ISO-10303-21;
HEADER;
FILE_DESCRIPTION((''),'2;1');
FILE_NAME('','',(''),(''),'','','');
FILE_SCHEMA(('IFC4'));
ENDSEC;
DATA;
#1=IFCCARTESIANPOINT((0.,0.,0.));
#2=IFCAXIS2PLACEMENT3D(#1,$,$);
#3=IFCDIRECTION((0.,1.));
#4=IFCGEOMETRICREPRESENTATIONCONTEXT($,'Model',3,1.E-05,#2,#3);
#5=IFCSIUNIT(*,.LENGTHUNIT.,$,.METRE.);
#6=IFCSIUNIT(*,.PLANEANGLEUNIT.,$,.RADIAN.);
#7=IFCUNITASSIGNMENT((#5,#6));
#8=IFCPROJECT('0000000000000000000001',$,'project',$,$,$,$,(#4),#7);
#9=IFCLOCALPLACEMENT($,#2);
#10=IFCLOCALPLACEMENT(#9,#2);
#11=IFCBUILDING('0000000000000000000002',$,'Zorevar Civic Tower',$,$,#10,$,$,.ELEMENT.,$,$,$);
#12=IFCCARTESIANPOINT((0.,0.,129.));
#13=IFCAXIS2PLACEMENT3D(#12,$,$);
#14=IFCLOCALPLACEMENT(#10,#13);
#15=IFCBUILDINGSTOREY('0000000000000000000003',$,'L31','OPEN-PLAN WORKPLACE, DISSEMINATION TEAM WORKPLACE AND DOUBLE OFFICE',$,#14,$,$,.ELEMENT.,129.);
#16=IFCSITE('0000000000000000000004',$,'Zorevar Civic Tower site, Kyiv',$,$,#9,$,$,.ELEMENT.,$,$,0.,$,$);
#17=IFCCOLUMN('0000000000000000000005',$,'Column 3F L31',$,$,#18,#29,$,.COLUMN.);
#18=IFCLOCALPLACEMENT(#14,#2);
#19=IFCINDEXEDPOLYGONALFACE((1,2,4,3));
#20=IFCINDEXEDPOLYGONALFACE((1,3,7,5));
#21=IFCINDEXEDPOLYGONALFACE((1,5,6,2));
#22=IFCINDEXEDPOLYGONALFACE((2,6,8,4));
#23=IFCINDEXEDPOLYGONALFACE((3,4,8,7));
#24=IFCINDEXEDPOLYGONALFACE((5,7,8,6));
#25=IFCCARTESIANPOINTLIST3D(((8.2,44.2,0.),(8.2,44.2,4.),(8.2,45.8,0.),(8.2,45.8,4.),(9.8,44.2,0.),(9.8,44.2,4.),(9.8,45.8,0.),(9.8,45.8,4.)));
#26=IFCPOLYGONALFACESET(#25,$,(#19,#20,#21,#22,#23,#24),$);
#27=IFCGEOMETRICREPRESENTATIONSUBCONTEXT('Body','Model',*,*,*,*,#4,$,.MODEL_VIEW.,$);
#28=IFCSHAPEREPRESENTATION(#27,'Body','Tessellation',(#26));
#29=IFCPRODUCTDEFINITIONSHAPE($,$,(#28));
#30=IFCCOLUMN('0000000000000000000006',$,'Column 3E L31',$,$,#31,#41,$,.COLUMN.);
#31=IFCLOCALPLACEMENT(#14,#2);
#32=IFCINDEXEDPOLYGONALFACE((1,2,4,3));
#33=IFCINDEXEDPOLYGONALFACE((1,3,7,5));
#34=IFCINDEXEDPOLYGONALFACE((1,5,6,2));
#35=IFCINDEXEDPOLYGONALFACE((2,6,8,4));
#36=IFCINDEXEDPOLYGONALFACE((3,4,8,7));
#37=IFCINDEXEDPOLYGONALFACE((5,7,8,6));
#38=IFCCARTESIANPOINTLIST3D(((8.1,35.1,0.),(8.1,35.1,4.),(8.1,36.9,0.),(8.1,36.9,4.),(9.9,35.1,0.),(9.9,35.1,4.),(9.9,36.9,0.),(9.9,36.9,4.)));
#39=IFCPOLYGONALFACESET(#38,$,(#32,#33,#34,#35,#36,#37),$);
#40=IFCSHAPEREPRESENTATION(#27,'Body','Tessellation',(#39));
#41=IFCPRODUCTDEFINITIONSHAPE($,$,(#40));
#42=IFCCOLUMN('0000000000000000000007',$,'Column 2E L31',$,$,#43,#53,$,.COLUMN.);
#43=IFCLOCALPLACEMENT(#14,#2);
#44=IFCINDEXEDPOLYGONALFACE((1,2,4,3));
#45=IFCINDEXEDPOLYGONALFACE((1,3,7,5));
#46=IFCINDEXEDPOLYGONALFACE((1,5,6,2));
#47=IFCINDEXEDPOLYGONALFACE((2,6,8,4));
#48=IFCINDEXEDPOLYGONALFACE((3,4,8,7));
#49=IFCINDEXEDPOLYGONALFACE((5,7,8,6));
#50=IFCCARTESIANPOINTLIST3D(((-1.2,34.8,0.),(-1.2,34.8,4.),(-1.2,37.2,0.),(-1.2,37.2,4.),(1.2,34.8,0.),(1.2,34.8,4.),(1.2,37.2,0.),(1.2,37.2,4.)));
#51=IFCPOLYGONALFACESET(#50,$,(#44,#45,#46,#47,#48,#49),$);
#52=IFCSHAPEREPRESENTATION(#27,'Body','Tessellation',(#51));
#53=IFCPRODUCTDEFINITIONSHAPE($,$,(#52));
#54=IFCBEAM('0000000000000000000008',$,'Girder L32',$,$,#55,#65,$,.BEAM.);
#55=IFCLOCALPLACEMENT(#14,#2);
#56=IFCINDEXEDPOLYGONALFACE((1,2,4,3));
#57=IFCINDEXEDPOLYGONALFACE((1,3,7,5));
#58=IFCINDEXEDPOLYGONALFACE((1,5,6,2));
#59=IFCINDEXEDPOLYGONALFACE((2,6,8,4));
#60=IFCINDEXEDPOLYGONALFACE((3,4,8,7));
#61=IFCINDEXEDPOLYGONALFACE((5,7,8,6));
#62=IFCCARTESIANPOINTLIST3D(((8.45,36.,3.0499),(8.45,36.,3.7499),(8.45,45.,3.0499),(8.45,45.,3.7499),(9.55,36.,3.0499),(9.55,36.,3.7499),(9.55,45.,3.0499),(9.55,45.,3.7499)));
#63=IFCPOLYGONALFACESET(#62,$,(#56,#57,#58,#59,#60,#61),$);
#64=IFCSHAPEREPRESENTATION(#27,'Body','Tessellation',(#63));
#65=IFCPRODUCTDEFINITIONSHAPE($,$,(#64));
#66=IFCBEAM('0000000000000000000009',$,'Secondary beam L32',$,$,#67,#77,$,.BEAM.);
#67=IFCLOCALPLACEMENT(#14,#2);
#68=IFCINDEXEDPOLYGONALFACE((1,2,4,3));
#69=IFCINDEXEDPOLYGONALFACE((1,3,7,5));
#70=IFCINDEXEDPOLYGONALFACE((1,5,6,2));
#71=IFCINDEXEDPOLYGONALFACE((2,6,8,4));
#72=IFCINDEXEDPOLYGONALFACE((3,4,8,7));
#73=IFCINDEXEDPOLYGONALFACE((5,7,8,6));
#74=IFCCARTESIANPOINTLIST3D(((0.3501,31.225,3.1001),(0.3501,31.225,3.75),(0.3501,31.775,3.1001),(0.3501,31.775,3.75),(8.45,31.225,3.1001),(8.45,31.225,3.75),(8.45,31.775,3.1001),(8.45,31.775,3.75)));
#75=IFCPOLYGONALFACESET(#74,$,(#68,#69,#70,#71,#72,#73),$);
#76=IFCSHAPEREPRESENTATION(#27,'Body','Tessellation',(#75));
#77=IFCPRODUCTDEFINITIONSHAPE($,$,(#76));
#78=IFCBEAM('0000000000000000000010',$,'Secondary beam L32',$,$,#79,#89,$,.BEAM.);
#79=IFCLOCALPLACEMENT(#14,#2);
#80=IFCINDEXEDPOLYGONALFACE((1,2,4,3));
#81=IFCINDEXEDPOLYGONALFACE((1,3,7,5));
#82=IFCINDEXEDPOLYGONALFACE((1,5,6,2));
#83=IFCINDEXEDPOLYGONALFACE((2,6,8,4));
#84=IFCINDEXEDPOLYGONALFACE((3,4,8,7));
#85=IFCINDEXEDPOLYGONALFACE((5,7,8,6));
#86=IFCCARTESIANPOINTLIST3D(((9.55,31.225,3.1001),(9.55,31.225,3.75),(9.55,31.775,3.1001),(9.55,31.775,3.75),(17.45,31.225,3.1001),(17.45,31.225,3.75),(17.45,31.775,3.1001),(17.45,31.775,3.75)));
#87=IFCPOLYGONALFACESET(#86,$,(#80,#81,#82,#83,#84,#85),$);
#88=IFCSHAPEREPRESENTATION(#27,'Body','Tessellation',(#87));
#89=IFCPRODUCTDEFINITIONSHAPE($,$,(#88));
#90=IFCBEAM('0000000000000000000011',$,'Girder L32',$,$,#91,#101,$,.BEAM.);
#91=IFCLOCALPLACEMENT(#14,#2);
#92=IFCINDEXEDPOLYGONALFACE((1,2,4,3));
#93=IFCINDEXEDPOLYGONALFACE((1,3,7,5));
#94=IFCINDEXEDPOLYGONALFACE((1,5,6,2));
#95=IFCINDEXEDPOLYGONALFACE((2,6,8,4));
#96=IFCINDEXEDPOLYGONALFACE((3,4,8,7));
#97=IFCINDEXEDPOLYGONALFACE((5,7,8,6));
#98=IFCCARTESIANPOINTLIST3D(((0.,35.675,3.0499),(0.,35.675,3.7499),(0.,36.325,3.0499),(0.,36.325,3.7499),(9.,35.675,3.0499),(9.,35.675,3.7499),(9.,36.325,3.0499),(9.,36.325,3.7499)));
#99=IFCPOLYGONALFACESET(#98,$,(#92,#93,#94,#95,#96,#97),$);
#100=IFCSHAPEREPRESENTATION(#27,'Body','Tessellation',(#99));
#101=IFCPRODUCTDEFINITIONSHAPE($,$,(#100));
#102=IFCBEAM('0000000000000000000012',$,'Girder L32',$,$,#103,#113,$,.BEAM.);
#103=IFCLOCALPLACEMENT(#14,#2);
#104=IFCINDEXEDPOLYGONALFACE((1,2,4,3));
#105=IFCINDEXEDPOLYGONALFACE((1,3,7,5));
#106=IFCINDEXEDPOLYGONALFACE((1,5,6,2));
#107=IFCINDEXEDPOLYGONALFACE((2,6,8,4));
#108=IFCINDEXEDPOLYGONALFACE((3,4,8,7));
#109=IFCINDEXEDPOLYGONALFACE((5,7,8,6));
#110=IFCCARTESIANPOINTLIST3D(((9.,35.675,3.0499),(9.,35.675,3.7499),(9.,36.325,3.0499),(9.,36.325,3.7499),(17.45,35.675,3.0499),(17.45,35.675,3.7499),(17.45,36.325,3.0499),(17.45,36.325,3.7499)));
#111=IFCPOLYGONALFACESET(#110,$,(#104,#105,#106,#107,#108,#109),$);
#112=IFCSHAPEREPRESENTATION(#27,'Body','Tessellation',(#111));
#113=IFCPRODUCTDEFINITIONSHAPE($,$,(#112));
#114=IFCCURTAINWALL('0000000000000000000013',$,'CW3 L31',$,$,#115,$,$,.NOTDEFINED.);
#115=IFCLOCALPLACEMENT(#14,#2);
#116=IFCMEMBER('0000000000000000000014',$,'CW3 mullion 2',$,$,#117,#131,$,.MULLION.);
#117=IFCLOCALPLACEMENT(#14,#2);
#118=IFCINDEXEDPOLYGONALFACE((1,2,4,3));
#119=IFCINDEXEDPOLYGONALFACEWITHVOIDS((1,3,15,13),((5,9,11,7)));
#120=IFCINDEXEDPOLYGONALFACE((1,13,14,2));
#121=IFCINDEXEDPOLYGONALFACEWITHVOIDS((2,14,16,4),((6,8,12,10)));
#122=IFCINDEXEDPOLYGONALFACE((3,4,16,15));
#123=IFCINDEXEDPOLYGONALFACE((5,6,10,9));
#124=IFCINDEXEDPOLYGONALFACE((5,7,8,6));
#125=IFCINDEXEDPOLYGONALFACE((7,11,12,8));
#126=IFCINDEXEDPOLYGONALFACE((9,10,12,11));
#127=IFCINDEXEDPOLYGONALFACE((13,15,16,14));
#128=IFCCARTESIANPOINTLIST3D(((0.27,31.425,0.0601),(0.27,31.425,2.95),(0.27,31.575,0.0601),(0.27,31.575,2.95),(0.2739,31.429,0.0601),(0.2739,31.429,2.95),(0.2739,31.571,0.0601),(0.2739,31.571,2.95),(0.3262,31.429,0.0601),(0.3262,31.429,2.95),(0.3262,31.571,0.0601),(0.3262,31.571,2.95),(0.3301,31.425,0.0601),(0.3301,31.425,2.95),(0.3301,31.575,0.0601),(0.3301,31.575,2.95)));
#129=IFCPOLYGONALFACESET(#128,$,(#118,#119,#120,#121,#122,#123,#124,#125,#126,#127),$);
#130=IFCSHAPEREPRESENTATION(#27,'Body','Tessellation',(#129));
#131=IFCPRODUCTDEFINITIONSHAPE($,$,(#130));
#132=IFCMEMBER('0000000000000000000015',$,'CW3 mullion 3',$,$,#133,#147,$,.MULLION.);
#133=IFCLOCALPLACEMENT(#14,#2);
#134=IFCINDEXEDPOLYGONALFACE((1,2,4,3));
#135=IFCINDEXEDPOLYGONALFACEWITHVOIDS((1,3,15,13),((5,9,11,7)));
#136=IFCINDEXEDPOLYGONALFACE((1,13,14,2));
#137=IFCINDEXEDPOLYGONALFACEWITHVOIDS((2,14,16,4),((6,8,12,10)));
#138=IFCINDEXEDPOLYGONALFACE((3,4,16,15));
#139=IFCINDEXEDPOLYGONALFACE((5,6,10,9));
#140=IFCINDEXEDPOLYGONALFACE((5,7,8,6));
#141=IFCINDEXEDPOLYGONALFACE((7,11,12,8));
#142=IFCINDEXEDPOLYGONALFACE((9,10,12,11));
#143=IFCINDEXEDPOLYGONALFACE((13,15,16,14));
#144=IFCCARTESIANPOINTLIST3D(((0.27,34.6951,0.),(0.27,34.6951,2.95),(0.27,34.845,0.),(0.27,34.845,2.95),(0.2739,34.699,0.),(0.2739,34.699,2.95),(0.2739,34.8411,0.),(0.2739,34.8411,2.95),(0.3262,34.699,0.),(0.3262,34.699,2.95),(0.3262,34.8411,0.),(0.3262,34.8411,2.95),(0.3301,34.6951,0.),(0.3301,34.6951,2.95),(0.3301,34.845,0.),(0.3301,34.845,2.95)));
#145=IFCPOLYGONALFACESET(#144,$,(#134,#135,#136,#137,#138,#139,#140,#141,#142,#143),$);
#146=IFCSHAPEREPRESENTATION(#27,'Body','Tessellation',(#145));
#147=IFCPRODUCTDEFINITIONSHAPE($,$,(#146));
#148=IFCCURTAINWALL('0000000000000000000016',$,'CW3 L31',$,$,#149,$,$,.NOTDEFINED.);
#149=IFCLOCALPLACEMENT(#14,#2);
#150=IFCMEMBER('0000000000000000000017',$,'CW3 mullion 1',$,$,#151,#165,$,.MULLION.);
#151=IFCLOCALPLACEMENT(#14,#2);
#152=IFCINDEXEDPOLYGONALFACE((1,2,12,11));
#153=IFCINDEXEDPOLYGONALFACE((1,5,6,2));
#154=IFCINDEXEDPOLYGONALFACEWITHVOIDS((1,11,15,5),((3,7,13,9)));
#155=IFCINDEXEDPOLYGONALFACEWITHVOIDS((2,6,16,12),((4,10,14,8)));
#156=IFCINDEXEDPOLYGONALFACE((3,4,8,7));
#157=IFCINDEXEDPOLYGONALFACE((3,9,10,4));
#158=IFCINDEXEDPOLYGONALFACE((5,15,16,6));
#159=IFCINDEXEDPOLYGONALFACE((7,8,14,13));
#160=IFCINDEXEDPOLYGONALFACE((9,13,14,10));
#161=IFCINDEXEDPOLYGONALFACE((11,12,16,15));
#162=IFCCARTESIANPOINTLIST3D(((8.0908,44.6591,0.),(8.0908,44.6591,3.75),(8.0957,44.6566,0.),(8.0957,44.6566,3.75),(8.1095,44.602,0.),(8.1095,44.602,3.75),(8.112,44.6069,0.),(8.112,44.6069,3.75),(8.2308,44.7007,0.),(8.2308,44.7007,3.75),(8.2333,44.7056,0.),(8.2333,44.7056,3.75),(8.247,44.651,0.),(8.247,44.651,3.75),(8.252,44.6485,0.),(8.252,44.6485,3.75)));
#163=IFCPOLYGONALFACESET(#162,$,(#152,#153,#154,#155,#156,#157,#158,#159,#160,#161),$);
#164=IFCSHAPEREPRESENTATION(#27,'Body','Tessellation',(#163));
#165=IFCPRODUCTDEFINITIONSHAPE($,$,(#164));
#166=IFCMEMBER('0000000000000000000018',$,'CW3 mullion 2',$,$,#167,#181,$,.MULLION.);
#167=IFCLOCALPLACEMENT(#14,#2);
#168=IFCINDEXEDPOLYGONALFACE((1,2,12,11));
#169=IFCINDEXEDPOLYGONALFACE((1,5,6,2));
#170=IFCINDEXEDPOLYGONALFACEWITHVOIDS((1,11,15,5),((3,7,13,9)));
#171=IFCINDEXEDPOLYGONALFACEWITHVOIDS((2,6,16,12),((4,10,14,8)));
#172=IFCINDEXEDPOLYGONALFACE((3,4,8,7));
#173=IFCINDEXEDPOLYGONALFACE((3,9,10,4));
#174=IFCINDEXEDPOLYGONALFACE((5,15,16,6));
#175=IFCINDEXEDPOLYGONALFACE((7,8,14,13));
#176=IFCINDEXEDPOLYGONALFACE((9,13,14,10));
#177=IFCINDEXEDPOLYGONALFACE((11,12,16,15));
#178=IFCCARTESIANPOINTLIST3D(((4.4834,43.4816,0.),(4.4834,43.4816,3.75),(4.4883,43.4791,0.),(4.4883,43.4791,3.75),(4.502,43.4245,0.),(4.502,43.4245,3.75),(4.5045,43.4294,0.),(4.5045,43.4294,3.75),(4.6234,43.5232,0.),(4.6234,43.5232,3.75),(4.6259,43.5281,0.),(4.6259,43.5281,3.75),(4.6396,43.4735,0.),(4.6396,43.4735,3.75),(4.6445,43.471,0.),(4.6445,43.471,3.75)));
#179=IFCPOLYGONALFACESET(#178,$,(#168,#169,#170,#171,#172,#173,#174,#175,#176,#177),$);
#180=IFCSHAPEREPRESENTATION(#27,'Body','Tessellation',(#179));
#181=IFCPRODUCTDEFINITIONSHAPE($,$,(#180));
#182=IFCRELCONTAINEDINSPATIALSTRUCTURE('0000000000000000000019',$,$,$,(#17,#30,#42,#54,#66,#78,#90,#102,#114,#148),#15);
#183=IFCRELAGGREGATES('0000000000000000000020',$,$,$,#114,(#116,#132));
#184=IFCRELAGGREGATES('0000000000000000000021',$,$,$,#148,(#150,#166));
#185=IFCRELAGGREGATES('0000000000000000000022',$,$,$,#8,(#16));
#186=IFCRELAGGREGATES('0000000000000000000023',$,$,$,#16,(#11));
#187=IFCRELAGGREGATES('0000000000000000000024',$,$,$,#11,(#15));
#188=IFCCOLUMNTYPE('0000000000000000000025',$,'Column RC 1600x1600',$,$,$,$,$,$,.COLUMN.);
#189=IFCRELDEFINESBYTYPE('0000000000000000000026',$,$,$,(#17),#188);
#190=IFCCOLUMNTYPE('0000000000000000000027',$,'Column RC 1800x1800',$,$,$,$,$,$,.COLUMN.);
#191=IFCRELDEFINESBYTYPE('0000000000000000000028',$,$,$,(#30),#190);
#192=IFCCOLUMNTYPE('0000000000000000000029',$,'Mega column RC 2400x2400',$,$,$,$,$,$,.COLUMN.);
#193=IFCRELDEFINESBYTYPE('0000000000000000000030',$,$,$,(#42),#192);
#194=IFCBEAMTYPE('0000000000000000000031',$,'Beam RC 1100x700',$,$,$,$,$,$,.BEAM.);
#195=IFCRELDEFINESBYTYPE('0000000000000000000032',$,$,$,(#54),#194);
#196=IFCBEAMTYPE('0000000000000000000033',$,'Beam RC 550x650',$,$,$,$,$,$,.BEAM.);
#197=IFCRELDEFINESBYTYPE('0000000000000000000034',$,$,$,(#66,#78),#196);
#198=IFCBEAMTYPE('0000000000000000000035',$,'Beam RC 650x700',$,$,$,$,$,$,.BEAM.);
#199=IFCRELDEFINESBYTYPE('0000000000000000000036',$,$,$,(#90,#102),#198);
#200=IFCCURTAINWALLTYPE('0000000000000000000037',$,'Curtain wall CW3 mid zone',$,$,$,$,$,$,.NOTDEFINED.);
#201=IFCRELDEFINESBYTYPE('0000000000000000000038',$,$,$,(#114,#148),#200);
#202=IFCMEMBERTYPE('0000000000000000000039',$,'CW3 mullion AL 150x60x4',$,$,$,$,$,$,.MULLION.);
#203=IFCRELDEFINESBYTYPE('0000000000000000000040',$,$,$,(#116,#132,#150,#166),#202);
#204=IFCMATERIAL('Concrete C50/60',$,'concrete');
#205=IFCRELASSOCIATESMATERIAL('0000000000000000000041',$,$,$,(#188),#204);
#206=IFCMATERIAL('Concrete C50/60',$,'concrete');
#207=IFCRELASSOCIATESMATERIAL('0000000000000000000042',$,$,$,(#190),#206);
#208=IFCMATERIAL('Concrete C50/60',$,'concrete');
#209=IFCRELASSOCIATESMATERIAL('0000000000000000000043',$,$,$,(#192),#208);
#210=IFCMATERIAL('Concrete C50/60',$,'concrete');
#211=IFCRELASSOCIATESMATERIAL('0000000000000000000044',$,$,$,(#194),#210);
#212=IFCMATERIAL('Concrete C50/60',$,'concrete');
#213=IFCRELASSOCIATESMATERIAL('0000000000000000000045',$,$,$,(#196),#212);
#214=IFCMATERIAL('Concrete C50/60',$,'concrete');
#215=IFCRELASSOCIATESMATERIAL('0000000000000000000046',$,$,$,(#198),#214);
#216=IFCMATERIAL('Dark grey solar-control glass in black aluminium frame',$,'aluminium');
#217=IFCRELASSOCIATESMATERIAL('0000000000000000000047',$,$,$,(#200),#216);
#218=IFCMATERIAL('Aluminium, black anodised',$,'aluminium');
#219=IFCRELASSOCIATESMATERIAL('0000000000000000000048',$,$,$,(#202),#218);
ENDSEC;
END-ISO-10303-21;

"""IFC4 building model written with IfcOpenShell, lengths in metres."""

from ifc_helpers import new_model, si_unit, direction, frame, origin, origin_2d, place, context, subcontext, project, spatial, rectangle, hollow_rectangle, extrude, material, material_profile, profile_set, type_object, element, aggregate, save


model = new_model("IFC4")

# Units and contexts
model_context = context("Model", 3, precision=1e-05, world=origin(), true_north=direction((0.0, 1.0)))
body_context = subcontext(model_context, "Body", "Model", "MODEL_VIEW")
ifc_project = project(units=[si_unit("LENGTHUNIT", "METRE"), si_unit("PLANEANGLEUNIT", "RADIAN")], contexts=[model_context])

# Site, building, storey
site_placement = place(None, origin())
site = spatial("IfcSite", under=ifc_project, at=site_placement, Name="Zorevar Civic Tower site, Kyiv", CompositionType="ELEMENT", RefElevation=0.0)
building_placement = place(site_placement, origin())
building = spatial("IfcBuilding", under=site, at=building_placement, Name="Zorevar Civic Tower", CompositionType="ELEMENT")
storey_placement = place(building_placement, frame((0.0, 0.0, 129.0)))
storey = spatial("IfcBuildingStorey", under=building, at=storey_placement, Name="L31", Description="OPEN-PLAN WORKPLACE, DISSEMINATION TEAM WORKPLACE AND DOUBLE OFFICE", CompositionType="ELEMENT", Elevation=129.0)

# Columns
ifc_material_1 = material(Name="Concrete C50/60", Category="concrete")
ifc_material_profile_1 = material_profile(ifc_material_1, rectangle(XDim=1.6001, YDim=1.6001, at=origin_2d()), Name="RC 1600x1600")
ifc_profile_set_1 = profile_set([ifc_material_profile_1], Name="Concrete C50/60")
column_type_1 = type_object("IfcColumnType", Name="Column RC 1600x1600", PredefinedType="COLUMN", material=ifc_profile_set_1)
column_1_placement = place(storey_placement, frame((9.0, 45.0, 0.0), z_axis=(0.0, 0.0, 1.0), x_axis=(1.0, 0.0, 0.0)))
element("IfcColumn", 1, at=column_1_placement, inside=storey, type_object=column_type_1, Name="Column 3F L31", PredefinedType="COLUMN", context=body_context, shape_type="SweptSolid", body=[
    extrude(rectangle(XDim=1.6001, YDim=1.6001, at=origin_2d()), origin(), (0.0, 0.0, 1.0), 4.0),
])
ifc_material_2 = material(Name="Concrete C50/60", Category="concrete")
ifc_material_profile_2 = material_profile(ifc_material_2, rectangle(XDim=1.8, YDim=1.8, at=origin_2d()), Name="RC 1800x1800")
ifc_profile_set_2 = profile_set([ifc_material_profile_2], Name="Concrete C50/60")
column_type_2 = type_object("IfcColumnType", Name="Column RC 1800x1800", PredefinedType="COLUMN", material=ifc_profile_set_2)
column_2_placement = place(storey_placement, frame((9.0, 36.0, 0.0), z_axis=(0.0, 0.0, 1.0), x_axis=(1.0, 0.0, 0.0)))
element("IfcColumn", 2, at=column_2_placement, inside=storey, type_object=column_type_2, Name="Column 3E L31", PredefinedType="COLUMN", context=body_context, shape_type="SweptSolid", body=[
    extrude(rectangle(XDim=1.8, YDim=1.8, at=origin_2d()), origin(), (0.0, 0.0, 1.0), 4.0),
])
ifc_material_3 = material(Name="Concrete C50/60", Category="concrete")
ifc_material_profile_3 = material_profile(ifc_material_3, rectangle(XDim=2.3999, YDim=2.3999, at=origin_2d()), Name="RC 2400x2400")
ifc_profile_set_3 = profile_set([ifc_material_profile_3], Name="Concrete C50/60")
column_type_3 = type_object("IfcColumnType", Name="Mega column RC 2400x2400", PredefinedType="COLUMN", material=ifc_profile_set_3)
column_3_placement = place(storey_placement, frame((0.0, 36.0, 0.0), z_axis=(0.0, 0.0, 1.0), x_axis=(1.0, 0.0, 0.0)))
element("IfcColumn", 3, at=column_3_placement, inside=storey, type_object=column_type_3, Name="Column 2E L31", PredefinedType="COLUMN", context=body_context, shape_type="SweptSolid", body=[
    extrude(rectangle(XDim=2.3999, YDim=2.3999, at=origin_2d()), origin(), (0.0, 0.0, 1.0), 4.0),
])

# Beams
ifc_material_4 = material(Name="Concrete C50/60", Category="concrete")
ifc_material_profile_4 = material_profile(ifc_material_4, rectangle(XDim=1.1001, YDim=0.7, at=origin_2d()), Name="RC 1100x700")
ifc_profile_set_4 = profile_set([ifc_material_profile_4], Name="Concrete C50/60")
beam_type_1 = type_object("IfcBeamType", Name="Beam RC 1100x700", PredefinedType="BEAM", material=ifc_profile_set_4)
beam_1_placement = place(storey_placement, frame((9.0, 36.0, 3.3999), z_axis=(0.0, 1.0, 0.0), x_axis=(-1.0, 0.0, 0.0)))
element("IfcBeam", 4, at=beam_1_placement, inside=storey, type_object=beam_type_1, Name="Girder L32", PredefinedType="BEAM", context=body_context, shape_type="SweptSolid", body=[
    extrude(rectangle(XDim=1.1001, YDim=0.7, at=origin_2d()), origin(), (0.0, 0.0, 1.0), 9.0),
])
ifc_material_5 = material(Name="Concrete C50/60", Category="concrete")
ifc_material_profile_5 = material_profile(ifc_material_5, rectangle(XDim=0.55, YDim=0.6499, at=origin_2d()), Name="RC 550x650")
ifc_profile_set_5 = profile_set([ifc_material_profile_5], Name="Concrete C50/60")
beam_type_2 = type_object("IfcBeamType", Name="Beam RC 550x650", PredefinedType="BEAM", material=ifc_profile_set_5)
beam_2_placement = place(storey_placement, frame((0.3501, 31.5, 3.425), z_axis=(1.0, 0.0, 0.0), x_axis=(0.0, 1.0, 0.0)))
element("IfcBeam", 5, at=beam_2_placement, inside=storey, type_object=beam_type_2, Name="Secondary beam L32", PredefinedType="BEAM", context=body_context, shape_type="SweptSolid", body=[
    extrude(rectangle(XDim=0.55, YDim=0.6499, at=origin_2d()), origin(), (0.0, 0.0, 1.0), 8.0999),
])
beam_3_placement = place(storey_placement, frame((9.55, 31.5, 3.425), z_axis=(1.0, 0.0, 0.0), x_axis=(0.0, 1.0, 0.0)))
element("IfcBeam", 6, at=beam_3_placement, inside=storey, type_object=beam_type_2, Name="Secondary beam L32", PredefinedType="BEAM", context=body_context, shape_type="SweptSolid", body=[
    extrude(rectangle(XDim=0.55, YDim=0.6499, at=origin_2d()), origin(), (0.0, 0.0, 1.0), 7.8999),
])
ifc_material_6 = material(Name="Concrete C50/60", Category="concrete")
ifc_material_profile_6 = material_profile(ifc_material_6, rectangle(XDim=0.6499, YDim=0.7, at=origin_2d()), Name="RC 650x700")
ifc_profile_set_6 = profile_set([ifc_material_profile_6], Name="Concrete C50/60")
beam_type_3 = type_object("IfcBeamType", Name="Beam RC 650x700", PredefinedType="BEAM", material=ifc_profile_set_6)
beam_4_placement = place(storey_placement, frame((0.0, 36.0, 3.3999), z_axis=(1.0, 0.0, 0.0), x_axis=(0.0, 1.0, 0.0)))
element("IfcBeam", 7, at=beam_4_placement, inside=storey, type_object=beam_type_3, Name="Girder L32", PredefinedType="BEAM", context=body_context, shape_type="SweptSolid", body=[
    extrude(rectangle(XDim=0.6499, YDim=0.7, at=origin_2d()), origin(), (0.0, 0.0, 1.0), 9.0),
])
beam_5_placement = place(storey_placement, frame((9.0, 36.0, 3.3999), z_axis=(1.0, 0.0, 0.0), x_axis=(0.0, 1.0, 0.0)))
element("IfcBeam", 8, at=beam_5_placement, inside=storey, type_object=beam_type_3, Name="Girder L32", PredefinedType="BEAM", context=body_context, shape_type="SweptSolid", body=[
    extrude(rectangle(XDim=0.6499, YDim=0.7, at=origin_2d()), origin(), (0.0, 0.0, 1.0), 8.45),
])

# Curtain walls, members
ifc_material_7 = material(Name="Dark grey solar-control glass in black aluminium frame", Category="aluminium")
curtain_wall_type = type_object("IfcCurtainWallType", Name="Curtain wall CW3 mid zone", PredefinedType="NOTDEFINED", material=ifc_material_7)
curtain_wall_1_placement = place(storey_placement, origin())
curtain_wall_1 = element("IfcCurtainWall", 9, at=curtain_wall_1_placement, inside=storey, type_object=curtain_wall_type, Name="CW3 L31", PredefinedType="NOTDEFINED")
ifc_material_8 = material(Name="Aluminium, black anodised", Category="aluminium")
ifc_material_profile_7 = material_profile(ifc_material_8, hollow_rectangle(XDim=0.0601, YDim=0.1499, WallThickness=0.0039, at=origin_2d()), Name="AL 150x60x4")
ifc_profile_set_7 = profile_set([ifc_material_profile_7], Name="Aluminium, black anodised")
member_type_1 = type_object("IfcMemberType", Name="CW3 mullion AL 150x60x4", PredefinedType="MULLION", material=ifc_profile_set_7)
member_1_placement = place(storey_placement, frame((0.3, 31.5, 0.0601), z_axis=(0.0, 0.0, 1.0), x_axis=(-1.0, 0.0, 0.0)))
member_1 = element("IfcMember", 10, at=member_1_placement, type_object=member_type_1, Name="CW3 mullion 2", PredefinedType="MULLION", context=body_context, shape_type="SweptSolid", body=[
    extrude(hollow_rectangle(XDim=0.0601, YDim=0.1499, WallThickness=0.0039, at=origin_2d()), origin(), (0.0, 0.0, 1.0), 2.8899),
])
member_2_placement = place(storey_placement, frame((0.3, 34.77, 0.0), z_axis=(0.0, 0.0, 1.0), x_axis=(-1.0, 0.0, 0.0)))
member_2 = element("IfcMember", 11, at=member_2_placement, type_object=member_type_1, Name="CW3 mullion 3", PredefinedType="MULLION", context=body_context, shape_type="SweptSolid", body=[
    extrude(hollow_rectangle(XDim=0.0601, YDim=0.1499, WallThickness=0.0039, at=origin_2d()), origin(), (0.0, 0.0, 1.0), 2.95),
])
curtain_wall_2_placement = place(storey_placement, origin())
curtain_wall_2 = element("IfcCurtainWall", 12, at=curtain_wall_2_placement, inside=storey, type_object=curtain_wall_type, Name="CW3 L31", PredefinedType="NOTDEFINED")
member_3_placement = place(storey_placement, frame((8.1714, 44.6538, 0.0), z_axis=(0.0, 0.0, 1.0), x_axis=(0.310263, -0.950651, 0.0)))
member_3 = element("IfcMember", 13, at=member_3_placement, type_object=member_type_1, Name="CW3 mullion 1", PredefinedType="MULLION", context=body_context, shape_type="SweptSolid", body=[
    extrude(hollow_rectangle(XDim=0.0601, YDim=0.1499, WallThickness=0.0039, at=origin_2d()), origin(), (0.0, 0.0, 1.0), 3.75),
])
member_4_placement = place(storey_placement, frame((4.564, 43.4763, 0.0), z_axis=(0.0, 0.0, 1.0), x_axis=(0.310263, -0.950651, 0.0)))
member_4 = element("IfcMember", 14, at=member_4_placement, type_object=member_type_1, Name="CW3 mullion 2", PredefinedType="MULLION", context=body_context, shape_type="SweptSolid", body=[
    extrude(hollow_rectangle(XDim=0.0601, YDim=0.1499, WallThickness=0.0039, at=origin_2d()), origin(), (0.0, 0.0, 1.0), 3.75),
])

aggregate(curtain_wall_1, [member_1, member_2])
aggregate(curtain_wall_2, [member_3, member_4])

save(model, "model.ifc")
